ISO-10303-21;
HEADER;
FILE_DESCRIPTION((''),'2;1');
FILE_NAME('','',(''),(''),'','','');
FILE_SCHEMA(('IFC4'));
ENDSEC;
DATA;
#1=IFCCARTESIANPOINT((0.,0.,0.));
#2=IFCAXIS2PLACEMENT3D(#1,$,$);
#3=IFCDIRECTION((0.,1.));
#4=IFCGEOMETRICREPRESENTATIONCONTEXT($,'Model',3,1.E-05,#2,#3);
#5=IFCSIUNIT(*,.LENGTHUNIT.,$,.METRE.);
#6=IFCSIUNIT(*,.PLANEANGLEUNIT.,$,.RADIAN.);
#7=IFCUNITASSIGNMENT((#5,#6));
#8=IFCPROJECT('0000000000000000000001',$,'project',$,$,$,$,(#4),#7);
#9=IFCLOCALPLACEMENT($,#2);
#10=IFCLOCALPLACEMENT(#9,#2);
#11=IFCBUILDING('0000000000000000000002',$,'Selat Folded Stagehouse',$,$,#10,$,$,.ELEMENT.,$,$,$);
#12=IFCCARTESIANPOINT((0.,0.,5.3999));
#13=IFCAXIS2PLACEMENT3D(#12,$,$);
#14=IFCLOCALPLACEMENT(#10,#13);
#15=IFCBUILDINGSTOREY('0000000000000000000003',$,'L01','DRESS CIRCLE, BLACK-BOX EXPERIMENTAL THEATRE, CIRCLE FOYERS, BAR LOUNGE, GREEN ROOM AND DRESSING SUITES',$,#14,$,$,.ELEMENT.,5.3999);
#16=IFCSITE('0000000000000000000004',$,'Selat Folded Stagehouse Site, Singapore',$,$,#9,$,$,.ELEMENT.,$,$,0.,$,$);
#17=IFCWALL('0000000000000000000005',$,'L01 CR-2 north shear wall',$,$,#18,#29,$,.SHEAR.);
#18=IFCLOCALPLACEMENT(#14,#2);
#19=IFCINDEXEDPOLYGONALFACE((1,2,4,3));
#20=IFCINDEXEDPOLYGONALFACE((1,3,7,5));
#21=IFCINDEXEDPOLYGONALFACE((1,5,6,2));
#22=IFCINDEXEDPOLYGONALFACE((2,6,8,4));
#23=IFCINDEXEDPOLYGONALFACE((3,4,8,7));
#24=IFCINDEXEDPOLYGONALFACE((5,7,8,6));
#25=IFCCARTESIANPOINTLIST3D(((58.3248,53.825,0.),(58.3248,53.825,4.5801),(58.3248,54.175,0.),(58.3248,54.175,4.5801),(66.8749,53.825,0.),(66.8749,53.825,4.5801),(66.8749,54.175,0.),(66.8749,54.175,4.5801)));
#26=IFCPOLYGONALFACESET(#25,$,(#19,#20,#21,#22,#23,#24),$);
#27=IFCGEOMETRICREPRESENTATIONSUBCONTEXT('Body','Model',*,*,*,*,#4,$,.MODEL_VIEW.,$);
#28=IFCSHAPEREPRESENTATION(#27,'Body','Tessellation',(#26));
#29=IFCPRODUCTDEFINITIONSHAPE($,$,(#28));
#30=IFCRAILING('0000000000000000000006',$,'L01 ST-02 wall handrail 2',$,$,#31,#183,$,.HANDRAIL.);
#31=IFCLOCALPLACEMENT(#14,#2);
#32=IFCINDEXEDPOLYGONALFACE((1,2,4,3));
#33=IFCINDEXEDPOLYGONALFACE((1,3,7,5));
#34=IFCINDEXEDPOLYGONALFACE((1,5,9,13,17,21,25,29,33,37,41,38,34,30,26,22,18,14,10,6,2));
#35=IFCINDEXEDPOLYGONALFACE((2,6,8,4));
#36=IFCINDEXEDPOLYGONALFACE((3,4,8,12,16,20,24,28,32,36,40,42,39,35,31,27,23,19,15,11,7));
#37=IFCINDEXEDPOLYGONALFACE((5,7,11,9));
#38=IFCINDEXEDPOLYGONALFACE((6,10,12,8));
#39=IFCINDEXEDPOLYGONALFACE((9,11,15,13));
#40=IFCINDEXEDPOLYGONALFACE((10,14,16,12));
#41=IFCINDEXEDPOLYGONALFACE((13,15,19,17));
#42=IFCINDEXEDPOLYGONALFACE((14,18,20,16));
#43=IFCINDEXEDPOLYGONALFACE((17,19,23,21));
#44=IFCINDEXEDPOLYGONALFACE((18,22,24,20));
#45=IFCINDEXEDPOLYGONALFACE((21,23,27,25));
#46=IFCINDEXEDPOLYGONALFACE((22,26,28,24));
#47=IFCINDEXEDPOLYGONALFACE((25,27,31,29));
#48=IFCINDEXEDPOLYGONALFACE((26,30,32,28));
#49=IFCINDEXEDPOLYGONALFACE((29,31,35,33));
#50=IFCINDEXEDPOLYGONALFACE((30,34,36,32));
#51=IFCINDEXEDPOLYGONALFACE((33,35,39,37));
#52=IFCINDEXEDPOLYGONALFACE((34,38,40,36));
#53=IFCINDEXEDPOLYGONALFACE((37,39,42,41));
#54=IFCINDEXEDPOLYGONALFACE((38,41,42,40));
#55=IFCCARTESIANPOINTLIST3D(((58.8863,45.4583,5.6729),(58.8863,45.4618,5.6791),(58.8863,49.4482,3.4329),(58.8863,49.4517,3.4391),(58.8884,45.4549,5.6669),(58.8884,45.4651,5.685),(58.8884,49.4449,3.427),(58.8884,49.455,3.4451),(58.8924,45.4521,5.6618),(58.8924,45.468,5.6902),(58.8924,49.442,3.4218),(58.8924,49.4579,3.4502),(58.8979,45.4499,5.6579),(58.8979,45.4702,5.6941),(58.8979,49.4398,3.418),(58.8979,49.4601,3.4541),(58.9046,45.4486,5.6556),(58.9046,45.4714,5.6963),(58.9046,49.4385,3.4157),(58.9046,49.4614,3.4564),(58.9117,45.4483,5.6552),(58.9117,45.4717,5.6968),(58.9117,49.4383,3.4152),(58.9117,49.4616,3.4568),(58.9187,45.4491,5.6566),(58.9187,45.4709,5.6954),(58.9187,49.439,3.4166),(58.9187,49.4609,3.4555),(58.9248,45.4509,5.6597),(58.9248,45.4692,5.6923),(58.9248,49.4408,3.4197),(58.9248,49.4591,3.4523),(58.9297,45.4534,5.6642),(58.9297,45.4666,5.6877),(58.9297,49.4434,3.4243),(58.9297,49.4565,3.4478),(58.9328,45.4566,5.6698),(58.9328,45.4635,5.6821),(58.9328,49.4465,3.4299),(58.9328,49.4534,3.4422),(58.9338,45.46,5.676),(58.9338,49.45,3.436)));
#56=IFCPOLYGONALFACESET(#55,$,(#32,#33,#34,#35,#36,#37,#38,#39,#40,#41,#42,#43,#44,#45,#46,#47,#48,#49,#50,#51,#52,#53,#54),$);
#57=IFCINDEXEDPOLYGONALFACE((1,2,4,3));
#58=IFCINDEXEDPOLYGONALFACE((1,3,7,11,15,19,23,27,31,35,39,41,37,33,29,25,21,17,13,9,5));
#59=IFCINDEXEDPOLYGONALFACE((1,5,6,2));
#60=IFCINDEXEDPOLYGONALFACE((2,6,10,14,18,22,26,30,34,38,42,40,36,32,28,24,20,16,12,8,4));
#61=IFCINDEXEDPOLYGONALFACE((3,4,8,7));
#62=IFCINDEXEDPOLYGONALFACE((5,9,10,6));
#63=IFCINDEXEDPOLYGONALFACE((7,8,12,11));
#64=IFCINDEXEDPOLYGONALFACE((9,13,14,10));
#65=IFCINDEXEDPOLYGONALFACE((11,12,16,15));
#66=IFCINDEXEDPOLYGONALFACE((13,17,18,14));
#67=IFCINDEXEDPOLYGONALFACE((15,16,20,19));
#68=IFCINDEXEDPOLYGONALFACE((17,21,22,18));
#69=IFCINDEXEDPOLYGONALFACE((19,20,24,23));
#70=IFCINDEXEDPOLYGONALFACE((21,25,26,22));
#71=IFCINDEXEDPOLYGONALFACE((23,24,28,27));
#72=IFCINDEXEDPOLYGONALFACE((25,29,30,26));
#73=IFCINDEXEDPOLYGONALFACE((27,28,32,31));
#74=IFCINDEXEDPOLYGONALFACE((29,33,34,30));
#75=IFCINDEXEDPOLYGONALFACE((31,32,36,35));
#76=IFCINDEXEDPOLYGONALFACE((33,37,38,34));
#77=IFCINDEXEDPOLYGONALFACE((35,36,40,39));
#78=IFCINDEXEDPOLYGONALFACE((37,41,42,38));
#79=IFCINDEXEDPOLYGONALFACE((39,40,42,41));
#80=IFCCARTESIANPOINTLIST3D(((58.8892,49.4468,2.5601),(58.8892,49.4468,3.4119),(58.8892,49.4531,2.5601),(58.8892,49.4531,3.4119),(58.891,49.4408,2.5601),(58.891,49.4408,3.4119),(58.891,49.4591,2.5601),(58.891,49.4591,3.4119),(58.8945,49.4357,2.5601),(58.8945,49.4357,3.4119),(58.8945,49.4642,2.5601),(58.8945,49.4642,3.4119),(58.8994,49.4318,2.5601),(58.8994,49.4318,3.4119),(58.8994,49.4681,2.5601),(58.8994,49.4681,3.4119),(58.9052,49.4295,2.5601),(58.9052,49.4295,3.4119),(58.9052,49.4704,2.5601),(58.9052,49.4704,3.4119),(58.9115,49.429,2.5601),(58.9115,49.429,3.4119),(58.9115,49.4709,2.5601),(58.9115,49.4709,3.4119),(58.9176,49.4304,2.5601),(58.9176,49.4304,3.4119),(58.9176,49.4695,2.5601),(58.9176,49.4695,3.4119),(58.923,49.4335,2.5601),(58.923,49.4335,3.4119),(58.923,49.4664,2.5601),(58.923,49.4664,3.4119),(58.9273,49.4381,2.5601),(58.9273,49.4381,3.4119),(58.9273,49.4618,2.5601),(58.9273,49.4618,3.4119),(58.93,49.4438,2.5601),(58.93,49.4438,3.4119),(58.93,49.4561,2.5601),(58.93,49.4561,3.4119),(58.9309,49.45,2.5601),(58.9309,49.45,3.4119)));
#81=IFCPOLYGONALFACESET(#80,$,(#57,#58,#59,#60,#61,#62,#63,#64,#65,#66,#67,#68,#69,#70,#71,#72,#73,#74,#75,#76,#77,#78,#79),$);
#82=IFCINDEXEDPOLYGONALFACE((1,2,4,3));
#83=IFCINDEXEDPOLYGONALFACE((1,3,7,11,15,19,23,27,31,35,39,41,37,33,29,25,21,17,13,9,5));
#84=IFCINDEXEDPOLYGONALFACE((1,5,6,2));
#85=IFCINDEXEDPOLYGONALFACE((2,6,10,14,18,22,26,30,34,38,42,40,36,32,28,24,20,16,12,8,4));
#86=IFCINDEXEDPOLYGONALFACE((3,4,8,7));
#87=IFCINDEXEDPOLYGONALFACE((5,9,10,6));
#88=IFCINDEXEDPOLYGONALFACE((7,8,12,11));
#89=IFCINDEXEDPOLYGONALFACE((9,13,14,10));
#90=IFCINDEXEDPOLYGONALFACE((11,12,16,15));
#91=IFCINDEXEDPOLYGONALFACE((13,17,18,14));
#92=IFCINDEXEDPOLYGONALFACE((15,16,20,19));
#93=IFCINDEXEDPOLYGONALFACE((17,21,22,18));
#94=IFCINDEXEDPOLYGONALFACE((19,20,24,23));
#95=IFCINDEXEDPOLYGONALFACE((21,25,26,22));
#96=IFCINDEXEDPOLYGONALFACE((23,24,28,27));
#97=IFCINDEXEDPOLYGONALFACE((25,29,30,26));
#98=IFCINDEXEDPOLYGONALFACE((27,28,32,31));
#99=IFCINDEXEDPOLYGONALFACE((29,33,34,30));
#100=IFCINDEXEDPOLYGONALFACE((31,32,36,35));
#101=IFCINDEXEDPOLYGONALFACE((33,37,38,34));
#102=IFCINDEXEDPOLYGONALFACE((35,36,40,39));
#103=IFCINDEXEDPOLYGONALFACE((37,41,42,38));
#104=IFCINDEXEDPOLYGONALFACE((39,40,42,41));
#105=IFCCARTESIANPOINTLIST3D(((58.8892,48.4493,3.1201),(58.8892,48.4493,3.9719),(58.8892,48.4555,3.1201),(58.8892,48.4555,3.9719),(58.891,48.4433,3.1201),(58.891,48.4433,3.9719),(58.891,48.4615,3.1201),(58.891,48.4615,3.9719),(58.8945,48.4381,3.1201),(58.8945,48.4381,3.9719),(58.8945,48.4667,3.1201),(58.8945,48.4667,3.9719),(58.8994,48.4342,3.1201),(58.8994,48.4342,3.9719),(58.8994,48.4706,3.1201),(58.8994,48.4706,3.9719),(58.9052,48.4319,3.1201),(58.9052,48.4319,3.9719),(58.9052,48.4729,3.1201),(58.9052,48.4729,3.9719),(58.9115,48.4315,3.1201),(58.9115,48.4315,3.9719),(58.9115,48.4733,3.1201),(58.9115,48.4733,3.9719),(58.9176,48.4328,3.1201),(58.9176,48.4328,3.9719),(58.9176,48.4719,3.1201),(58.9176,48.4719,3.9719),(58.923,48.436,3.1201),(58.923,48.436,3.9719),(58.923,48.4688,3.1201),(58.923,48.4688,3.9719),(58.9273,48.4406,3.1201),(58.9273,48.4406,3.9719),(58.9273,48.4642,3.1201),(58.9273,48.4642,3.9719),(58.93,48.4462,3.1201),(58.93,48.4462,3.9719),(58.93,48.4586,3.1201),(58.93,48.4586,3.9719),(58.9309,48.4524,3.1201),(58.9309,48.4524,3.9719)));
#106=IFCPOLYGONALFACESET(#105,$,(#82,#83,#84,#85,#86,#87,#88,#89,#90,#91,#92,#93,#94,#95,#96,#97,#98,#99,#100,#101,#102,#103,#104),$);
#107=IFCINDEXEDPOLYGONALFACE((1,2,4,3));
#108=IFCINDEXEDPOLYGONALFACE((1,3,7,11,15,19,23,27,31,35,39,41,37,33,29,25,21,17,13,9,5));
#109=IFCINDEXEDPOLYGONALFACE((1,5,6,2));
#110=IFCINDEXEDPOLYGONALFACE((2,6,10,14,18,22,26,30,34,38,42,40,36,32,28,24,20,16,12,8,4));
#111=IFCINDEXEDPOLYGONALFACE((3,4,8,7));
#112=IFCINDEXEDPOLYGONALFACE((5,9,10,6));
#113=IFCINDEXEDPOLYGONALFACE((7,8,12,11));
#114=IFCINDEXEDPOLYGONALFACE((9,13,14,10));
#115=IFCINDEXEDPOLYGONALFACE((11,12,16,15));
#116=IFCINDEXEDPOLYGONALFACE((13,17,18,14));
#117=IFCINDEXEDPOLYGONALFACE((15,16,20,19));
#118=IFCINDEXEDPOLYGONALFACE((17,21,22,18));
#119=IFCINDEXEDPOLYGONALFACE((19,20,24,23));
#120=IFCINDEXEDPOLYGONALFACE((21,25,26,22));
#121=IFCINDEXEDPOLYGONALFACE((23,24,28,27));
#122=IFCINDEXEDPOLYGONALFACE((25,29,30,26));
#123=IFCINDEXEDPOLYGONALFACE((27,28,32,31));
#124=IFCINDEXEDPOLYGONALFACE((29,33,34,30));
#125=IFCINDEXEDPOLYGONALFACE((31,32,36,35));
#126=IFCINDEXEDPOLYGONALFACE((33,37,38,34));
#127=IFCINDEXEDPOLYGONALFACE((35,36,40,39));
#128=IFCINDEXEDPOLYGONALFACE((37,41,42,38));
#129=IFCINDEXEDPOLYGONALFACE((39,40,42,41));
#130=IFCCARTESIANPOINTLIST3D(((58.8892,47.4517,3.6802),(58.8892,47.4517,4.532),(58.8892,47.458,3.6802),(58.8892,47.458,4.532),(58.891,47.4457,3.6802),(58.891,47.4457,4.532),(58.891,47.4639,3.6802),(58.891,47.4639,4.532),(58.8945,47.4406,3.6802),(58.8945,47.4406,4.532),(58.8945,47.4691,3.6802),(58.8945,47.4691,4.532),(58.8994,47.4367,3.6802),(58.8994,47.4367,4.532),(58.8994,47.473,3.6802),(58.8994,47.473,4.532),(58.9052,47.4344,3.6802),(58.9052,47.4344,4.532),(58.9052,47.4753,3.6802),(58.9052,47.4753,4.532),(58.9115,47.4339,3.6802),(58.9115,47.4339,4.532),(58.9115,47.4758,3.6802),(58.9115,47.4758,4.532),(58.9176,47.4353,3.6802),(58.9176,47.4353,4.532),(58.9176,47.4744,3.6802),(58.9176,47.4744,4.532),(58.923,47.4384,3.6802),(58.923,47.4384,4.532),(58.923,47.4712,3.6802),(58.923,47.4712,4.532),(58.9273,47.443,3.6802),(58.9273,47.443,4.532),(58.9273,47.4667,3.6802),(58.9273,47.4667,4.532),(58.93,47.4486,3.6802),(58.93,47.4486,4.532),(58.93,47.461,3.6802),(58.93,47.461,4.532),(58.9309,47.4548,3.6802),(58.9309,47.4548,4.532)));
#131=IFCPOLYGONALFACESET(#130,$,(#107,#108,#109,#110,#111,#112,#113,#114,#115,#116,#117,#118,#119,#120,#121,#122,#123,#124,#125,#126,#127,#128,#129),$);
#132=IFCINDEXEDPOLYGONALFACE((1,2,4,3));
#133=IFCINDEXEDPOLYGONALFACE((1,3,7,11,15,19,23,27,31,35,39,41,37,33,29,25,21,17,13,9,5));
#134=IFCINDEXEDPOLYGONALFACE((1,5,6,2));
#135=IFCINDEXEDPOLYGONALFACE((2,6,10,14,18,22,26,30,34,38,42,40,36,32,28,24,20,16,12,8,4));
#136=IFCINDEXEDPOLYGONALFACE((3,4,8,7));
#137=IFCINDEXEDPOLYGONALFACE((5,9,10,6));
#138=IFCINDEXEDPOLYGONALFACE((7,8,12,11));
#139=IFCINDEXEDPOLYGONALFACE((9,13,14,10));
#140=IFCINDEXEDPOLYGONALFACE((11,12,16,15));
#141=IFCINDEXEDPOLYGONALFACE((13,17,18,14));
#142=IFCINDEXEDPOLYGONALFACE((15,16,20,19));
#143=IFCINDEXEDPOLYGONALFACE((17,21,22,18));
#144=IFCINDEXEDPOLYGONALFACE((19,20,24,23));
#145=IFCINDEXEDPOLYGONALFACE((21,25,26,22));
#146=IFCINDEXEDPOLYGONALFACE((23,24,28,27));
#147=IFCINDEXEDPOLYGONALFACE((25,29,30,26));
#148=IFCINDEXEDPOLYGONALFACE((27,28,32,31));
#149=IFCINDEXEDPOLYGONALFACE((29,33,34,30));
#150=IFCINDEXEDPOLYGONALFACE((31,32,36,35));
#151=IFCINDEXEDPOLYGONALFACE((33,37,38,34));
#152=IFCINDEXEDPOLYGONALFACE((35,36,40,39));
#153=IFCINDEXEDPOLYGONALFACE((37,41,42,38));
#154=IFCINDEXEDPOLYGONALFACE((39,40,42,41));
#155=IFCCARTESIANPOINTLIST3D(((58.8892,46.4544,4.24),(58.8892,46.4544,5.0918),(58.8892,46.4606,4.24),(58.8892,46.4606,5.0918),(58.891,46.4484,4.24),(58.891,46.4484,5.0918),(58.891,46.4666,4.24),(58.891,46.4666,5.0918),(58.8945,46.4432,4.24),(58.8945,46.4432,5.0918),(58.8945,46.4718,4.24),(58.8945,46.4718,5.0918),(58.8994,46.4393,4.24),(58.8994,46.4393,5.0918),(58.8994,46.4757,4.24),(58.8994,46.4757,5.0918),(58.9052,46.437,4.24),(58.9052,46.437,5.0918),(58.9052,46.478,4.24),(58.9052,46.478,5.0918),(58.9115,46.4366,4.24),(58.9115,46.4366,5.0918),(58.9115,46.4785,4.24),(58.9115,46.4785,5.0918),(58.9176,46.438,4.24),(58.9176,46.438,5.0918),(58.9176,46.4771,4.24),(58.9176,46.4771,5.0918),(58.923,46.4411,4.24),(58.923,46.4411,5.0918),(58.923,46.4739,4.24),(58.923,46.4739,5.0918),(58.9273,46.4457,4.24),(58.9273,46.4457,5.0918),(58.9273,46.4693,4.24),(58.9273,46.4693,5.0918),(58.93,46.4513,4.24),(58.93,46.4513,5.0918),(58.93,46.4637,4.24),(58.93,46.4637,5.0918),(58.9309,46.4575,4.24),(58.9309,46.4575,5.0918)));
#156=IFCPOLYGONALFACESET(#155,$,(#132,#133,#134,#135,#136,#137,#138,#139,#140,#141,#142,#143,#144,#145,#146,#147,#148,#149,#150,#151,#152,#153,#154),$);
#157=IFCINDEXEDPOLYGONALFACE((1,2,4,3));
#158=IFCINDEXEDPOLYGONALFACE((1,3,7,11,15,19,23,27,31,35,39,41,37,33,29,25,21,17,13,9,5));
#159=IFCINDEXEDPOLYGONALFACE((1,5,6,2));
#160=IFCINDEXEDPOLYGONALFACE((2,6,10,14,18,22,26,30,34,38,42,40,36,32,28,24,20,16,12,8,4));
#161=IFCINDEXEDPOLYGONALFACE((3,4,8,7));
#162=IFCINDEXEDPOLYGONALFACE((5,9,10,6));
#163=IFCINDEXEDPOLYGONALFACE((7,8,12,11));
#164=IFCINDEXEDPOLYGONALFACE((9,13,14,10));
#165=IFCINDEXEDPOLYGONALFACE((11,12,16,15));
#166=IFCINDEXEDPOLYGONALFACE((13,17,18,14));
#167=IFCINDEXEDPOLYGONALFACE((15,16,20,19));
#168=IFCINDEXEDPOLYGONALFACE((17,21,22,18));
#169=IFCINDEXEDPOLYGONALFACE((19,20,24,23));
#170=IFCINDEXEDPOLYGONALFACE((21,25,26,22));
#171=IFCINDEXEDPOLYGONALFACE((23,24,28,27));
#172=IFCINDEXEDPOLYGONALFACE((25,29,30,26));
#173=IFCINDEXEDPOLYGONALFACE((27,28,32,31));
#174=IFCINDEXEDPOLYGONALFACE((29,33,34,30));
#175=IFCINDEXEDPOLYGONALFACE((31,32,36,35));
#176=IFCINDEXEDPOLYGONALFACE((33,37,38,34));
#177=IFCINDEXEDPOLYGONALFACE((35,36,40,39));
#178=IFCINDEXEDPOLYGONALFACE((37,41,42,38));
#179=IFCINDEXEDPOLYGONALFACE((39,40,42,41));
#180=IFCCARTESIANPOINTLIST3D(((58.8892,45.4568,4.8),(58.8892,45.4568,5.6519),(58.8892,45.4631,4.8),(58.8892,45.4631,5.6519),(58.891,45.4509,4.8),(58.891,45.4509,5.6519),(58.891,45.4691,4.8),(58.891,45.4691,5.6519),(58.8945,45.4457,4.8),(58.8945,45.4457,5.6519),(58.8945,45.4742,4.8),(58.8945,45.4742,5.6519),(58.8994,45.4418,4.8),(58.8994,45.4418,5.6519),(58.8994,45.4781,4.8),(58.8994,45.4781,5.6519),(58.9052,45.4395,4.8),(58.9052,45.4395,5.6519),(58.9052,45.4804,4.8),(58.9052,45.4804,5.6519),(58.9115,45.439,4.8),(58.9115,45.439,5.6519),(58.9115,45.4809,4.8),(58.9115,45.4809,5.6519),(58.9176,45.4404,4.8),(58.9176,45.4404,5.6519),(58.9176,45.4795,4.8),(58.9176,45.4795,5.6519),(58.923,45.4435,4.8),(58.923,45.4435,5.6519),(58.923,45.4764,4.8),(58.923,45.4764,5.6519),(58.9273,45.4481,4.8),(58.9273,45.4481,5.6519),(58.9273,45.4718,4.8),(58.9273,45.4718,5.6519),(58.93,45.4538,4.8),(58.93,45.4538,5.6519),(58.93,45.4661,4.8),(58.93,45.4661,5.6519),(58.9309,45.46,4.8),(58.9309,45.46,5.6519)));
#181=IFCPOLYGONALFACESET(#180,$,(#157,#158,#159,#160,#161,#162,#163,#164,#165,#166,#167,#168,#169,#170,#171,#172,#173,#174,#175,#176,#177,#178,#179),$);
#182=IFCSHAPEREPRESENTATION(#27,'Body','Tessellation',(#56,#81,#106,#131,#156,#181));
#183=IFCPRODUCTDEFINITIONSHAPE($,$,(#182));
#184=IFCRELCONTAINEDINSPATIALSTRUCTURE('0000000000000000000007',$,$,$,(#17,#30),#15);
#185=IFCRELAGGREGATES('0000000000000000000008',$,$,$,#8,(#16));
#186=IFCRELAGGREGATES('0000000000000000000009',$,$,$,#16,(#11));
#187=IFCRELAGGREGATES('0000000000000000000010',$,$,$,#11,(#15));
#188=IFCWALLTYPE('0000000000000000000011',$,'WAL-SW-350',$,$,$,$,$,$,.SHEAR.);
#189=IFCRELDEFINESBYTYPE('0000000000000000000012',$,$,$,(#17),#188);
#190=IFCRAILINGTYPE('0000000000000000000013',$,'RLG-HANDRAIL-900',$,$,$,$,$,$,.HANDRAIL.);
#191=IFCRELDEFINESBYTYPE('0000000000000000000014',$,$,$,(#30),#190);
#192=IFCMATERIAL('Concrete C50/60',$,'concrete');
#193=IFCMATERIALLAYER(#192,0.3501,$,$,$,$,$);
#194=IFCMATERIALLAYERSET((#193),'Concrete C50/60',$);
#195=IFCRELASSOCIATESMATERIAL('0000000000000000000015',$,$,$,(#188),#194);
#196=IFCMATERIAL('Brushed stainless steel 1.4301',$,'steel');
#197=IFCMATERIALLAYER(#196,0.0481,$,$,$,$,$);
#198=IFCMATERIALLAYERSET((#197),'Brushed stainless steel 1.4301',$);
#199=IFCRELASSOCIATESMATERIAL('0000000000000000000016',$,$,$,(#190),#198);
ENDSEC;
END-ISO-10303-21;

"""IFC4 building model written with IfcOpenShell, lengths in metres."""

from ifc_helpers import new_model, si_unit, direction, frame, frame_2d, origin, origin_2d, place, context, subcontext, project, spatial, rectangle, circle, extrude, material, layer, layer_set, type_object, element, save


model = new_model("IFC4")

# Units and contexts
model_context = context("Model", 3, precision=1e-05, world=origin(), true_north=direction((0.0, 1.0)))
body_context = subcontext(model_context, "Body", "Model", "MODEL_VIEW")
ifc_project = project(units=[si_unit("LENGTHUNIT", "METRE"), si_unit("PLANEANGLEUNIT", "RADIAN")], contexts=[model_context])

# Site, building, storey
site_placement = place(None, origin())
site = spatial("IfcSite", under=ifc_project, at=site_placement, Name="Selat Folded Stagehouse Site, Singapore", CompositionType="ELEMENT", RefElevation=0.0)
building_placement = place(site_placement, origin())
building = spatial("IfcBuilding", under=site, at=building_placement, Name="Selat Folded Stagehouse", CompositionType="ELEMENT")
storey_placement = place(building_placement, frame((0.0, 0.0, 5.3999)))
storey = spatial("IfcBuildingStorey", under=building, at=storey_placement, Name="L01", Description="DRESS CIRCLE, BLACK-BOX EXPERIMENTAL THEATRE, CIRCLE FOYERS, BAR LOUNGE, GREEN ROOM AND DRESSING SUITES", CompositionType="ELEMENT", Elevation=5.3999)

# Wall
ifc_material_1 = material(Name="Concrete C50/60", Category="concrete")
ifc_layer_1 = layer(ifc_material_1, 0.3501)
ifc_layer_set_1 = layer_set([ifc_layer_1], Name="Concrete C50/60")
wall_type_1 = type_object("IfcWallType", Name="WAL-SW-350", PredefinedType="SHEAR", material=ifc_layer_set_1)
wall_1_placement = place(storey_placement, frame((58.325, 54.0, 0.0), z_axis=(0.0, 0.0, 1.0), x_axis=(1.0, 0.0, 0.0)))
element("IfcWall", 1, at=wall_1_placement, inside=storey, type_object=wall_type_1, Name="L01 CR-2 north shear wall", PredefinedType="SHEAR", context=body_context, shape_type="SweptSolid", body=[
    extrude(rectangle(XDim=8.55, YDim=0.3501, at=frame_2d((4.2749, 0.0))), origin(), (0.0, 0.0, 1.0), 4.5801),
])

# Railing
ifc_material_2 = material(Name="Brushed stainless steel 1.4301", Category="steel")
ifc_layer_2 = layer(ifc_material_2, 0.0481)
ifc_layer_set_2 = layer_set([ifc_layer_2], Name="Brushed stainless steel 1.4301")
railing_type = type_object("IfcRailingType", Name="RLG-HANDRAIL-900", PredefinedType="HANDRAIL", material=ifc_layer_set_2)
railing_placement = place(storey_placement, frame((58.9099, 49.45, 2.5601)))
element("IfcRailing", 2, at=railing_placement, inside=storey, type_object=railing_type, Name="L01 ST-02 wall handrail 2", PredefinedType="HANDRAIL", context=body_context, shape_type="SweptSolid", body=[
    extrude(circle(Radius=0.0239, at=origin_2d()), frame((0.0, 0.0, 0.876), z_axis=(0.0, -0.871984, 0.489534), x_axis=(1.0, 0.0, 0.0)), (0.0, 0.0, 1.0), 4.5757),
    extrude(circle(Radius=0.021, at=origin_2d()), origin(), (0.0, 0.0, 1.0), 0.8518),
    extrude(circle(Radius=0.021, at=origin_2d()), frame((0.0, -0.9976, 0.5601)), (0.0, 0.0, 1.0), 0.8518),
    extrude(circle(Radius=0.021, at=origin_2d()), frame((0.0, -1.9951, 1.1201)), (0.0, 0.0, 1.0), 0.8518),
    extrude(circle(Radius=0.021, at=origin_2d()), frame((0.0, -2.9924, 1.6799)), (0.0, 0.0, 1.0), 0.8518),
    extrude(circle(Radius=0.021, at=origin_2d()), frame((0.0, -3.99, 2.24)), (0.0, 0.0, 1.0), 0.8518),
])

save(model, "model.ifc")
